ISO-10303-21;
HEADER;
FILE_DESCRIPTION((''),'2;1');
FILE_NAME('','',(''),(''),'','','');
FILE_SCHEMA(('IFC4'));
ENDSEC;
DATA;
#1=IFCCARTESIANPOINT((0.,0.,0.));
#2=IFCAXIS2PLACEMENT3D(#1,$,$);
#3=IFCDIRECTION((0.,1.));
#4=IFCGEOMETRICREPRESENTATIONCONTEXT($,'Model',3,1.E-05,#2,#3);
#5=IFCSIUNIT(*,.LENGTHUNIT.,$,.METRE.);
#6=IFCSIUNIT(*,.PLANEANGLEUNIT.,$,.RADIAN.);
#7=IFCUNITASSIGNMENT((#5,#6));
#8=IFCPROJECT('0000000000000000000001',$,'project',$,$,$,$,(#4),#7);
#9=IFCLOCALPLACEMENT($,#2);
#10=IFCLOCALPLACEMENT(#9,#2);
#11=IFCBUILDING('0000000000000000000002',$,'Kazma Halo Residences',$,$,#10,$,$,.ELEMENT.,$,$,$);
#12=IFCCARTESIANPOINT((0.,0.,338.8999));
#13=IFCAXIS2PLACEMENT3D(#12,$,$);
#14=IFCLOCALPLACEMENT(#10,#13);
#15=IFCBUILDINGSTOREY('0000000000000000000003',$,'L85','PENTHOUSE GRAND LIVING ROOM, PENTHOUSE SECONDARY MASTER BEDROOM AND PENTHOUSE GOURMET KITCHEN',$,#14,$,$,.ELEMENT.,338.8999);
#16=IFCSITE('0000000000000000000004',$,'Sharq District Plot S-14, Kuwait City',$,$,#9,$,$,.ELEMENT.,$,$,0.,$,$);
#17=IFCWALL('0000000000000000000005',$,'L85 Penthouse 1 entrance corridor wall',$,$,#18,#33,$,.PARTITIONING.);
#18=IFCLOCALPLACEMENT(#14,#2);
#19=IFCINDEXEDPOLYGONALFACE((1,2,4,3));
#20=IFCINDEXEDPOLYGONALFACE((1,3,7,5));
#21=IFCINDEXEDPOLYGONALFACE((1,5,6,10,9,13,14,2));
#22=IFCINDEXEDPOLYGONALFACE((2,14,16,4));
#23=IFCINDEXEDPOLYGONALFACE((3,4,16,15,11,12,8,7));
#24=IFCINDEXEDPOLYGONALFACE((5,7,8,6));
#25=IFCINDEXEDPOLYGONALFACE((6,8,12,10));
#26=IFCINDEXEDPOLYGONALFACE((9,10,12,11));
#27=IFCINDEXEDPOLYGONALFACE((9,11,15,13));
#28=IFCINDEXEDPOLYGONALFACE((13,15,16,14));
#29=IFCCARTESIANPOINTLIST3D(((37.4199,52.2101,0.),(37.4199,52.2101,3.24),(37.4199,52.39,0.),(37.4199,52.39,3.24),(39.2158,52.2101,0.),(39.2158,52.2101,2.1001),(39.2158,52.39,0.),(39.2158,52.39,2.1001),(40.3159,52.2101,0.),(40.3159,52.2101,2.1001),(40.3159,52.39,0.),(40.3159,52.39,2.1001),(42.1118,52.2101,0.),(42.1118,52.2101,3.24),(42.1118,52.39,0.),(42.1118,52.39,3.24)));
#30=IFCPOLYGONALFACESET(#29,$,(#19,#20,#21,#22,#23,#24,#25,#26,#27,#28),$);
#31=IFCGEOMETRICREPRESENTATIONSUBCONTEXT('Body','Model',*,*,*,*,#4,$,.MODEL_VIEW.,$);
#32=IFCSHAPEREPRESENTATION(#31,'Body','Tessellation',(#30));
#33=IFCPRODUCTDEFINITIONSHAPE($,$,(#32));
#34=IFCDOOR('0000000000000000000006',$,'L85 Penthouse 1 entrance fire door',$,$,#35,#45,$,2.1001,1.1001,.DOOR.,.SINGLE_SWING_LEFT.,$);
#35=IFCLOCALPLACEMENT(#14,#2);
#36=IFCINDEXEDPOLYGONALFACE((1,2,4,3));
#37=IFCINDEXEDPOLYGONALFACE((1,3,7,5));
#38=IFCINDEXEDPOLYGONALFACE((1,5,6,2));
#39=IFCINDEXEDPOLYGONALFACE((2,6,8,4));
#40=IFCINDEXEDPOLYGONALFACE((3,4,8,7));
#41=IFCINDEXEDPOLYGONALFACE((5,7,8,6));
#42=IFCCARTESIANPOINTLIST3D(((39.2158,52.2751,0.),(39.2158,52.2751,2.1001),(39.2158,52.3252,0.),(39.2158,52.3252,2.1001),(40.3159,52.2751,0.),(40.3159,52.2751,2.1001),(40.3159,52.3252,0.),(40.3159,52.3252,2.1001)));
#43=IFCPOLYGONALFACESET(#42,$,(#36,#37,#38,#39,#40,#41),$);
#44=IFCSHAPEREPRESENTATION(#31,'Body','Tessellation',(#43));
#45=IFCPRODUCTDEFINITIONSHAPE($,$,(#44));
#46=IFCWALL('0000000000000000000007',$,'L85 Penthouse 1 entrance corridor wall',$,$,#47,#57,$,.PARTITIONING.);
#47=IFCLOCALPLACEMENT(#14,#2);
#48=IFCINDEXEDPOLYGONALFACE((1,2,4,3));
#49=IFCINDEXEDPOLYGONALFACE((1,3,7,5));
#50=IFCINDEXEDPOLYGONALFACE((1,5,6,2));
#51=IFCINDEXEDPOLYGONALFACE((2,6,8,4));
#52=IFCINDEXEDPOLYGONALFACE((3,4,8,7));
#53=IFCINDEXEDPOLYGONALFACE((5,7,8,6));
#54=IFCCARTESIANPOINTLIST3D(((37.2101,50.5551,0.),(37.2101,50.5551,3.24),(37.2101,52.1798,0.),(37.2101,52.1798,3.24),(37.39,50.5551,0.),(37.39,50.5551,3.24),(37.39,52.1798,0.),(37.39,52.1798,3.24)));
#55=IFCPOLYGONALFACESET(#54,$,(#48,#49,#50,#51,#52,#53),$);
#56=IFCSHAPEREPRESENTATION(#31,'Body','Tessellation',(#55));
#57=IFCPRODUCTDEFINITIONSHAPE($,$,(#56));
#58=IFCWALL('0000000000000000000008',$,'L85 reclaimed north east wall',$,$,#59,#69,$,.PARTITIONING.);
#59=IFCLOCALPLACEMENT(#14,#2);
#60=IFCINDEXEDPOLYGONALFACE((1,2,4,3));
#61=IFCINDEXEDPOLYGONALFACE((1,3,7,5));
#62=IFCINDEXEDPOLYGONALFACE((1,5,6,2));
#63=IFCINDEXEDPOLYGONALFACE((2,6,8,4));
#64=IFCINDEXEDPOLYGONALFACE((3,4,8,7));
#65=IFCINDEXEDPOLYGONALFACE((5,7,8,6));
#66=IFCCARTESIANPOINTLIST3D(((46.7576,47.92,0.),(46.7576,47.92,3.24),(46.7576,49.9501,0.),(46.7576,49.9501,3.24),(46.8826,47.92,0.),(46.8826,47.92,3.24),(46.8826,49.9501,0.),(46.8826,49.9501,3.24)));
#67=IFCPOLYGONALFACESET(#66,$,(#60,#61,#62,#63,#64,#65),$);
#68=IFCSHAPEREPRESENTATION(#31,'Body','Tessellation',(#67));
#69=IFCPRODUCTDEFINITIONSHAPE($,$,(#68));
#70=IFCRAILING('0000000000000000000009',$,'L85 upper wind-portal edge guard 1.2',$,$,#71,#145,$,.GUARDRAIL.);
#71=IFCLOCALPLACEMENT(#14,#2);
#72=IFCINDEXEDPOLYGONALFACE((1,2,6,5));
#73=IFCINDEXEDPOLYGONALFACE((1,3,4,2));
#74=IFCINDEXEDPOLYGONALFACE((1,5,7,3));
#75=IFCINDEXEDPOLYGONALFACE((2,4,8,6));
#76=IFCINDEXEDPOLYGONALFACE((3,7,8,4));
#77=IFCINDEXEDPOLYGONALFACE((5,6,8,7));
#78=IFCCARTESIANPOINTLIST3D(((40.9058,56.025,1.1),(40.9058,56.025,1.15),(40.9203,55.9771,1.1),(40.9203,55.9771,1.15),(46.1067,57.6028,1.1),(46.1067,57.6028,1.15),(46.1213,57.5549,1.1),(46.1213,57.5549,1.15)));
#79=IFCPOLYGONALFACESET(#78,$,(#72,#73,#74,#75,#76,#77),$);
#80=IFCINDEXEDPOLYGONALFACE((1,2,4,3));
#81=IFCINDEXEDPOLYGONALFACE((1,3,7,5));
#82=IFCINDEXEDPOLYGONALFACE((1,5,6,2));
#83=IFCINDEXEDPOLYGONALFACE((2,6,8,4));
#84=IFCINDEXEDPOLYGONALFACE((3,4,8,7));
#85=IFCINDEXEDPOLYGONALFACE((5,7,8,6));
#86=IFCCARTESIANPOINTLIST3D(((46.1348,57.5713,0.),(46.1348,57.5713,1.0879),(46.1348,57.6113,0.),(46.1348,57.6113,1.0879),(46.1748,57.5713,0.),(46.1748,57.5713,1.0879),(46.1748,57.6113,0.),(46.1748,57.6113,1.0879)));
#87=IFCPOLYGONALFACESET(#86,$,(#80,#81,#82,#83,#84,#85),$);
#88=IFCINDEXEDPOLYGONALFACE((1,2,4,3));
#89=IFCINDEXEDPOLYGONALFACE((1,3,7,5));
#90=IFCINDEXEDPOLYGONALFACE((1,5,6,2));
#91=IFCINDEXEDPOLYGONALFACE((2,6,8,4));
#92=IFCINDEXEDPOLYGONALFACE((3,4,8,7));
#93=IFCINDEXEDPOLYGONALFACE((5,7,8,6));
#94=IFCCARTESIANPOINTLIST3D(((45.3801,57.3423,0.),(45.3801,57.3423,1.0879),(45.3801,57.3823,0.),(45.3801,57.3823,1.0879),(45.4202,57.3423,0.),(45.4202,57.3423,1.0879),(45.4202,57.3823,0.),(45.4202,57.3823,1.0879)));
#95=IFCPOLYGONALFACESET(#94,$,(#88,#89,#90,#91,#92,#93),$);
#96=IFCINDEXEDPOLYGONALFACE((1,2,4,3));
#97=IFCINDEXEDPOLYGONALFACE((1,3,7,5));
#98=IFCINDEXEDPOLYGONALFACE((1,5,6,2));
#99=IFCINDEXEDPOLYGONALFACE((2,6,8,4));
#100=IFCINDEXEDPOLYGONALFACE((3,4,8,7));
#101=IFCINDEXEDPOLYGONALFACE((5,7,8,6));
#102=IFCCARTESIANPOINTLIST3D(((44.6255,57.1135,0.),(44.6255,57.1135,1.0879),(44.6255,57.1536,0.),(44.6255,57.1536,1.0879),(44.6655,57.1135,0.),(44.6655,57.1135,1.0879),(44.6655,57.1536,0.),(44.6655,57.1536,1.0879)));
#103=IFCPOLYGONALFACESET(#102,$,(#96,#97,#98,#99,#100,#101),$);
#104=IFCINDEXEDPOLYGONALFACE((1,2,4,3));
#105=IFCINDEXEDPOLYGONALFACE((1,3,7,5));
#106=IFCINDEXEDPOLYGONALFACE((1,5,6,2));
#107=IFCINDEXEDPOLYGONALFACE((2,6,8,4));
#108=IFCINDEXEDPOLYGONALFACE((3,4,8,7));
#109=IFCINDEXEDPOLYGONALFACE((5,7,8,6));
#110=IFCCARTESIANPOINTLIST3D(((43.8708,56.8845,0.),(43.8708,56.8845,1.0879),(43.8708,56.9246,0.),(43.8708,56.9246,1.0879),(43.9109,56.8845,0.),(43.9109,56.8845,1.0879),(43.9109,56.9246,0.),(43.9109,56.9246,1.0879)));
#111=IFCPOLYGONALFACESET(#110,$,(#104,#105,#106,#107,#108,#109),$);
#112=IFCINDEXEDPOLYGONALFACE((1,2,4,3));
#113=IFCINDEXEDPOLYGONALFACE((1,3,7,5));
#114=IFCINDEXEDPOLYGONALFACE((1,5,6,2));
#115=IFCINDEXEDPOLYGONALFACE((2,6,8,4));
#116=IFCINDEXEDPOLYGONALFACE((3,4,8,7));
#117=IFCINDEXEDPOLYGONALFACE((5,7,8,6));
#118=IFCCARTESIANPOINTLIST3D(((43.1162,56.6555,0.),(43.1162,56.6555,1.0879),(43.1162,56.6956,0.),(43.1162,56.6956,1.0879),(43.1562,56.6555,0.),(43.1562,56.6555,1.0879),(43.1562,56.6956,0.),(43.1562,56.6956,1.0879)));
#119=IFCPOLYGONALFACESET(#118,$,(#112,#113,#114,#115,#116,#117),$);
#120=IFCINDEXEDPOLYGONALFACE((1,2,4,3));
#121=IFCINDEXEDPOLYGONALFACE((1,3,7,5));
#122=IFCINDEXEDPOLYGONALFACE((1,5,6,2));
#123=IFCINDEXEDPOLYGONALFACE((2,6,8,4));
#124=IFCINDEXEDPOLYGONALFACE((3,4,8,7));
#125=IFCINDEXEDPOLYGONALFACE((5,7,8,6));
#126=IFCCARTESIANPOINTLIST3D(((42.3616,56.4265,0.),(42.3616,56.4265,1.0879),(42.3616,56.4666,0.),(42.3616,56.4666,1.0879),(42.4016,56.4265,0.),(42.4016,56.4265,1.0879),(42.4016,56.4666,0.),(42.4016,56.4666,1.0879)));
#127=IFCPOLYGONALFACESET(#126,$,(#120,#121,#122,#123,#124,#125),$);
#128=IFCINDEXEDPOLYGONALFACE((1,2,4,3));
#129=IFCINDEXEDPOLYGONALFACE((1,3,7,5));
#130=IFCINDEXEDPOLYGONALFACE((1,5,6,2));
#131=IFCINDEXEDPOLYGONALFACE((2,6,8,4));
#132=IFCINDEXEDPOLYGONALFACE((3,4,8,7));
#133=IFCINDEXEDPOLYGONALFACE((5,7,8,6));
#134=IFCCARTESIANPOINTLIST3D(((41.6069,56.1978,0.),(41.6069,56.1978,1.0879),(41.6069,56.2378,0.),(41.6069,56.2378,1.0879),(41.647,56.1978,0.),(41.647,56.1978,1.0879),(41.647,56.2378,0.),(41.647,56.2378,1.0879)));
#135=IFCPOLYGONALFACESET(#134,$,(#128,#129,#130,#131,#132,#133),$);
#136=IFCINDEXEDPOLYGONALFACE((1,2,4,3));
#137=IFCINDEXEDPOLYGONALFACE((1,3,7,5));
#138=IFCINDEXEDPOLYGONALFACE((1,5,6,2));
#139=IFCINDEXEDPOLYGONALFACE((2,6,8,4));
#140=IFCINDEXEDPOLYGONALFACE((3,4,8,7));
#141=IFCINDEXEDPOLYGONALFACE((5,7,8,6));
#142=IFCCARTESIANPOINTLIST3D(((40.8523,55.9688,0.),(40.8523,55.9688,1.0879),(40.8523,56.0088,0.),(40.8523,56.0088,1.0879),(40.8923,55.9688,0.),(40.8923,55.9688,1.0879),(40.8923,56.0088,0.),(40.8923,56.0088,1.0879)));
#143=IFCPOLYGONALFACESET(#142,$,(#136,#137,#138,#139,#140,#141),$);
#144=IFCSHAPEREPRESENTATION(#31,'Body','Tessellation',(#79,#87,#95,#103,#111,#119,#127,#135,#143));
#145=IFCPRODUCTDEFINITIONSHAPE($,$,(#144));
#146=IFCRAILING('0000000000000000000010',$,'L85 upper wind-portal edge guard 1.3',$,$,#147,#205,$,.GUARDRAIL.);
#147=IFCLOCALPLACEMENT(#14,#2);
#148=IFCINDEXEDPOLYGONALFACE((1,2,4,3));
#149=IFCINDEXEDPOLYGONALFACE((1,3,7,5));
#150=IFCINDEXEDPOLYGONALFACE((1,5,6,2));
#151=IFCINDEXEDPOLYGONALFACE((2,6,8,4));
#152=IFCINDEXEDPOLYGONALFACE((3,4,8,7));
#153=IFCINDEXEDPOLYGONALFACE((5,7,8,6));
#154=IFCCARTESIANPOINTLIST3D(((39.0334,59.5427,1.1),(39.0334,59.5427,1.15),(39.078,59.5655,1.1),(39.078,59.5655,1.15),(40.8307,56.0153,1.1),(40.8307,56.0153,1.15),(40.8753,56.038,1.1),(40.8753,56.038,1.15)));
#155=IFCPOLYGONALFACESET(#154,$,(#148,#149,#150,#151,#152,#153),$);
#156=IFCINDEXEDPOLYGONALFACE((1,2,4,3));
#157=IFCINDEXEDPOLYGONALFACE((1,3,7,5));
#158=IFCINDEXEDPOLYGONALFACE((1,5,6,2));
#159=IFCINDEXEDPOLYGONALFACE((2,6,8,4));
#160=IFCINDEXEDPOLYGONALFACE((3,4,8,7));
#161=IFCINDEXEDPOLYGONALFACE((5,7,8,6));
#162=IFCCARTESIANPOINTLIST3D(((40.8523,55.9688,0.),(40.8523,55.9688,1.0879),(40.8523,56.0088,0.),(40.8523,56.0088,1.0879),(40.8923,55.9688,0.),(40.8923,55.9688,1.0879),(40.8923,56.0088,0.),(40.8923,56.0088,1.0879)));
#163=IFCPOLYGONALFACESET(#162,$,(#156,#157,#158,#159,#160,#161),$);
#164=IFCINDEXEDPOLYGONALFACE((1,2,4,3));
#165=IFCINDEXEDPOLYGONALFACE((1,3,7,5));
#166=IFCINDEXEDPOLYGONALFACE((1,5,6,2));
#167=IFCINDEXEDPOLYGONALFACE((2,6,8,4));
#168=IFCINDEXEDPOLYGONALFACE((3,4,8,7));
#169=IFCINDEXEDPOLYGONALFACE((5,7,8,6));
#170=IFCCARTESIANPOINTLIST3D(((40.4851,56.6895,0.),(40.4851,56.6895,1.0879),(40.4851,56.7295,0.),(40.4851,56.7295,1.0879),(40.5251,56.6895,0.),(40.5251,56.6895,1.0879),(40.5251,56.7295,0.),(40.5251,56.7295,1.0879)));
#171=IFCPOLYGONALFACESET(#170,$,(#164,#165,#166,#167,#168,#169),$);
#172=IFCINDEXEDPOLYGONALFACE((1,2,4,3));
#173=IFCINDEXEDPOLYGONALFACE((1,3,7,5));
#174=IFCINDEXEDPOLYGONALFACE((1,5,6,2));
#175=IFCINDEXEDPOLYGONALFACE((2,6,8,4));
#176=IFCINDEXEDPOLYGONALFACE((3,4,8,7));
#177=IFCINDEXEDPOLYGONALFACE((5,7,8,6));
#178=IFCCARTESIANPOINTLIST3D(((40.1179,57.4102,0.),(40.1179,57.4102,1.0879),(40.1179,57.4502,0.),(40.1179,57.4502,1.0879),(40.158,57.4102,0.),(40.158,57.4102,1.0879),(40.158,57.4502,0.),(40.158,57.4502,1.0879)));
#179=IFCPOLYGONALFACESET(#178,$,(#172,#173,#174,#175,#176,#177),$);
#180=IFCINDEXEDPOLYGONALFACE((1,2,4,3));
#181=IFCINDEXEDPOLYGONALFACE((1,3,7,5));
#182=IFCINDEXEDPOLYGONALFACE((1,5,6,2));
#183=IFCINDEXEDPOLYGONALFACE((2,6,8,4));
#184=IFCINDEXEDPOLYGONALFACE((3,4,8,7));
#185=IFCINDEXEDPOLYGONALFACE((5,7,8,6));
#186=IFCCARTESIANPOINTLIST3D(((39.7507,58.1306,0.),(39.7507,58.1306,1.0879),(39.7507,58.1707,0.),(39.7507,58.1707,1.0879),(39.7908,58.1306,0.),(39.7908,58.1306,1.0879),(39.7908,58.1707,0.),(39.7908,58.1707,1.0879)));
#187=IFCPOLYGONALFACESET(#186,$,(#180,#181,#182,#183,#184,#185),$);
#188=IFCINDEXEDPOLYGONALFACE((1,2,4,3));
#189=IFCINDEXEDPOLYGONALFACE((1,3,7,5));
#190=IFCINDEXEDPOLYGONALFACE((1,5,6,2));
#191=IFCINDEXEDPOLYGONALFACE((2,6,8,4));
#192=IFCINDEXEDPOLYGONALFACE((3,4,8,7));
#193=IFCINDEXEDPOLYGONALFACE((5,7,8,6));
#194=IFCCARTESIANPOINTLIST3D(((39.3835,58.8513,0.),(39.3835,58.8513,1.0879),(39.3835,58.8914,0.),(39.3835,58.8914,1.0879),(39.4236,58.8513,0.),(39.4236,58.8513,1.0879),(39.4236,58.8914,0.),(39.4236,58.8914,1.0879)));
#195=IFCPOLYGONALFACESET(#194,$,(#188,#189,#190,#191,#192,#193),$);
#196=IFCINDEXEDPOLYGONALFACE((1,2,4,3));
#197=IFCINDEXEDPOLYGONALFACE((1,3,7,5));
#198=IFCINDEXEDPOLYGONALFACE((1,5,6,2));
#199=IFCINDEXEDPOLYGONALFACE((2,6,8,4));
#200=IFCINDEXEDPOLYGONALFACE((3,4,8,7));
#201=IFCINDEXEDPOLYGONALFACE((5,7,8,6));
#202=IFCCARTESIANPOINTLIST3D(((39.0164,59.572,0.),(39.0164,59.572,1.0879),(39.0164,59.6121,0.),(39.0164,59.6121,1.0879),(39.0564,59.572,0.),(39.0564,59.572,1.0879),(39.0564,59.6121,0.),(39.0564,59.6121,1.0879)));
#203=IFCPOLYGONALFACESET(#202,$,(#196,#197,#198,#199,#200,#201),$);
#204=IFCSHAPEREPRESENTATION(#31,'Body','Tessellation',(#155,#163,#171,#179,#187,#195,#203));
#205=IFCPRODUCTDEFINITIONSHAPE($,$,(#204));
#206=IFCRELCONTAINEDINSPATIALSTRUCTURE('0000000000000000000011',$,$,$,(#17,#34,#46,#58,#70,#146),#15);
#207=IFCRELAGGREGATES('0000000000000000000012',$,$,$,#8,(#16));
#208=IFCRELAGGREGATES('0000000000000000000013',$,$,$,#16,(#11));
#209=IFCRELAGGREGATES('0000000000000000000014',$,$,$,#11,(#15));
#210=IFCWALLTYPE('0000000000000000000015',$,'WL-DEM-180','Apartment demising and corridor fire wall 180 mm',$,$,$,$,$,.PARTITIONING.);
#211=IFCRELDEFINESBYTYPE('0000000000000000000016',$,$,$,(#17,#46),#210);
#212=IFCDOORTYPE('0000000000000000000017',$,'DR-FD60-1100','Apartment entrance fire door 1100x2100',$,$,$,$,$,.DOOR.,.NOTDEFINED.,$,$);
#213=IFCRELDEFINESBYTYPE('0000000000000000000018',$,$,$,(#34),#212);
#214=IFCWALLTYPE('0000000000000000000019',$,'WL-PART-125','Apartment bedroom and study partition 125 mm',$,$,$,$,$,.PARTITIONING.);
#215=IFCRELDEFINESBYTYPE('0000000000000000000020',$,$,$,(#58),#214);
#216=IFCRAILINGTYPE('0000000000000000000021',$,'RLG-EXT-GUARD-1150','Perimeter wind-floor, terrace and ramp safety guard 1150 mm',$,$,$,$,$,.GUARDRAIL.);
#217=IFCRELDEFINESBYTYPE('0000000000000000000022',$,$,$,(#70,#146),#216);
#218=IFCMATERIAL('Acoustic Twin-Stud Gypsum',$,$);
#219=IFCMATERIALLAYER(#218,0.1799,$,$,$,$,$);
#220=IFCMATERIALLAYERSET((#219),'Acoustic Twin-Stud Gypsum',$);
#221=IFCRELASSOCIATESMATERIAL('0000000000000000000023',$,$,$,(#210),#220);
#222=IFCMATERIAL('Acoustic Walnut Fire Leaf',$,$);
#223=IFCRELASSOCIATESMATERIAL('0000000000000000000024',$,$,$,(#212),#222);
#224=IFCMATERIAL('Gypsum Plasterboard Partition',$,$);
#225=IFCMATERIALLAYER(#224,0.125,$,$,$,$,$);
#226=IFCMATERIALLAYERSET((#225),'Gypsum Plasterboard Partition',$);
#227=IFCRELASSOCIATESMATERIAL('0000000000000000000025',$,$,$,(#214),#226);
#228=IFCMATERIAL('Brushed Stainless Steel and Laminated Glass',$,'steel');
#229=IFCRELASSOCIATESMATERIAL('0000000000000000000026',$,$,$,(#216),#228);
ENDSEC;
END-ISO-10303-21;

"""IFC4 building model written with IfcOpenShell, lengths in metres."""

from ifc_helpers import new_model, si_unit, direction, frame, frame_2d, origin, origin_2d, place, context, subcontext, project, spatial, rectangle, extrude, material, layer, layer_set, type_object, element, fill, save


model = new_model("IFC4")

# Units and contexts
model_context = context("Model", 3, precision=1e-05, world=origin(), true_north=direction((0.0, 1.0)))
body_context = subcontext(model_context, "Body", "Model", "MODEL_VIEW")
ifc_project = project(units=[si_unit("LENGTHUNIT", "METRE"), si_unit("PLANEANGLEUNIT", "RADIAN")], contexts=[model_context])

# Site, building, storey
site_placement = place(None, origin())
site = spatial("IfcSite", under=ifc_project, at=site_placement, Name="Sharq District Plot S-14, Kuwait City", CompositionType="ELEMENT", RefElevation=0.0)
building_placement = place(site_placement, origin())
building = spatial("IfcBuilding", under=site, at=building_placement, Name="Kazma Halo Residences", CompositionType="ELEMENT")
storey_placement = place(building_placement, frame((0.0, 0.0, 338.8999)))
storey = spatial("IfcBuildingStorey", under=building, at=storey_placement, Name="L85", Description="PENTHOUSE GRAND LIVING ROOM, PENTHOUSE SECONDARY MASTER BEDROOM AND PENTHOUSE GOURMET KITCHEN", CompositionType="ELEMENT", Elevation=338.8999)

# Shared definitions
ifc_material_1 = material(Name="Acoustic Twin-Stud Gypsum")
ifc_layer_1 = layer(ifc_material_1, 0.1799)
ifc_layer_set_1 = layer_set([ifc_layer_1], Name="Acoustic Twin-Stud Gypsum")
wall_type_1 = type_object("IfcWallType", Name="WL-DEM-180", Description="Apartment demising and corridor fire wall 180 mm", PredefinedType="PARTITIONING", material=ifc_layer_set_1)

# Wall, opening, door
wall_1_placement = place(storey_placement, frame((42.1118, 52.3, 0.0), z_axis=(0.0, 0.0, 1.0), x_axis=(-1.0, 0.0, 0.0)))
wall_1 = element("IfcWall", 1, at=wall_1_placement, inside=storey, type_object=wall_type_1, Name="L85 Penthouse 1 entrance corridor wall", PredefinedType="PARTITIONING", context=body_context, shape_type="SweptSolid", body=[
    extrude(rectangle(XDim=4.6919, YDim=0.1799, at=frame_2d((2.3459, 0.0))), origin(), (0.0, 0.0, 1.0), 3.24),
])
opening_placement = place(wall_1_placement, frame((1.7959, 0.0, 0.0)))
opening = element("IfcOpeningElement", 2, at=opening_placement, cuts=wall_1, PredefinedType="OPENING", context=body_context, shape_type="SweptSolid", body=[
    extrude(rectangle(XDim=1.1001, YDim=2.1001, at=frame_2d((0.55, 1.05))), frame((0.0, 0.0999, 0.0), z_axis=(0.0, -1.0, 0.0), x_axis=(1.0, 0.0, 0.0)), (0.0, 0.0, 1.0), 0.2),
])
ifc_material_2 = material(Name="Acoustic Walnut Fire Leaf")
door_type = type_object("IfcDoorType", Name="DR-FD60-1100", Description="Apartment entrance fire door 1100x2100", OperationType="NOTDEFINED", PredefinedType="DOOR", material=ifc_material_2)
door_placement = place(opening_placement, origin())
door = element("IfcDoor", 3, at=door_placement, inside=storey, type_object=door_type, Name="L85 Penthouse 1 entrance fire door", OperationType="SINGLE_SWING_LEFT", OverallHeight=2.1001, OverallWidth=1.1001, PredefinedType="DOOR", context=body_context, shape_type="SweptSolid", body=[
    extrude(rectangle(XDim=1.1001, YDim=2.1001, at=frame_2d((0.55, 1.05))), frame((0.0, 0.0249, 0.0), z_axis=(0.0, -1.0, 0.0), x_axis=(1.0, 0.0, 0.0)), (0.0, 0.0, 1.0), 0.05),
])
fill(opening, door)

# Walls
wall_2_placement = place(storey_placement, frame((37.3, 52.1799, 0.0), z_axis=(0.0, 0.0, 1.0), x_axis=(0.0, -1.0, 0.0)))
element("IfcWall", 4, at=wall_2_placement, inside=storey, type_object=wall_type_1, Name="L85 Penthouse 1 entrance corridor wall", PredefinedType="PARTITIONING", context=body_context, shape_type="SweptSolid", body=[
    extrude(rectangle(XDim=1.6248, YDim=0.1799, at=frame_2d((0.8125, 0.0))), origin(), (0.0, 0.0, 1.0), 3.24),
])
ifc_material_3 = material(Name="Gypsum Plasterboard Partition")
ifc_layer_2 = layer(ifc_material_3, 0.125)
ifc_layer_set_2 = layer_set([ifc_layer_2], Name="Gypsum Plasterboard Partition")
wall_type_2 = type_object("IfcWallType", Name="WL-PART-125", Description="Apartment bedroom and study partition 125 mm", PredefinedType="PARTITIONING", material=ifc_layer_set_2)
wall_3_placement = place(storey_placement, frame((46.8201, 47.9199, 0.0), z_axis=(0.0, 0.0, 1.0), x_axis=(0.0, 1.0, 0.0)))
element("IfcWall", 5, at=wall_3_placement, inside=storey, type_object=wall_type_2, Name="L85 reclaimed north east wall", PredefinedType="PARTITIONING", context=body_context, shape_type="SweptSolid", body=[
    extrude(rectangle(XDim=2.03, YDim=0.125, at=frame_2d((1.0151, 0.0))), origin(), (0.0, 0.0, 1.0), 3.24),
])

# Railings
ifc_material_4 = material(Name="Brushed Stainless Steel and Laminated Glass", Category="steel")
railing_type = type_object("IfcRailingType", Name="RLG-EXT-GUARD-1150", Description="Perimeter wind-floor, terrace and ramp safety guard 1150 mm", PredefinedType="GUARDRAIL", material=ifc_material_4)
railing_1_placement = place(storey_placement, frame((46.1548, 57.5913, 0.0)))
element("IfcRailing", 6, at=railing_1_placement, inside=storey, type_object=railing_type, Name="L85 upper wind-portal edge guard 1.2", PredefinedType="GUARDRAIL", context=body_context, shape_type="SweptSolid", body=[
    extrude(rectangle(XDim=0.05, YDim=0.05, at=origin_2d()), frame((-0.0408, -0.0125, 1.125), z_axis=(-0.956934, -0.290304, 0.0), x_axis=(0.290304, -0.956934, 0.0)), (0.0, 0.0, 1.0), 5.4351),
    extrude(rectangle(XDim=0.04, YDim=0.04, at=origin_2d()), origin(), (0.0, 0.0, 1.0), 1.0879),
    extrude(rectangle(XDim=0.04, YDim=0.04, at=origin_2d()), frame((-0.7546, -0.229, 0.0)), (0.0, 0.0, 1.0), 1.0879),
    extrude(rectangle(XDim=0.04, YDim=0.04, at=origin_2d()), frame((-1.5093, -0.4578, 0.0)), (0.0, 0.0, 1.0), 1.0879),
    extrude(rectangle(XDim=0.04, YDim=0.04, at=origin_2d()), frame((-2.2639, -0.6868, 0.0)), (0.0, 0.0, 1.0), 1.0879),
    extrude(rectangle(XDim=0.04, YDim=0.04, at=origin_2d()), frame((-3.0186, -0.9158, 0.0)), (0.0, 0.0, 1.0), 1.0879),
    extrude(rectangle(XDim=0.04, YDim=0.04, at=origin_2d()), frame((-3.7732, -1.1448, 0.0)), (0.0, 0.0, 1.0), 1.0879),
    extrude(rectangle(XDim=0.04, YDim=0.04, at=origin_2d()), frame((-4.5278, -1.3735, 0.0)), (0.0, 0.0, 1.0), 1.0879),
    extrude(rectangle(XDim=0.04, YDim=0.04, at=origin_2d()), frame((-5.2825, -1.6025, 0.0)), (0.0, 0.0, 1.0), 1.0879),
])
railing_2_placement = place(storey_placement, frame((40.8723, 55.9888, 0.0)))
element("IfcRailing", 7, at=railing_2_placement, inside=storey, type_object=railing_type, Name="L85 upper wind-portal edge guard 1.3", PredefinedType="GUARDRAIL", context=body_context, shape_type="SweptSolid", body=[
    extrude(rectangle(XDim=0.05, YDim=0.05, at=origin_2d()), frame((-0.0193, 0.0378, 1.125), z_axis=(-0.453986, 0.891009, 0.0), x_axis=(-0.891009, -0.453986, 0.0)), (0.0, 0.0, 1.0), 3.959),
    extrude(rectangle(XDim=0.04, YDim=0.04, at=origin_2d()), origin(), (0.0, 0.0, 1.0), 1.0879),
    extrude(rectangle(XDim=0.04, YDim=0.04, at=origin_2d()), frame((-0.3672, 0.7207, 0.0)), (0.0, 0.0, 1.0), 1.0879),
    extrude(rectangle(XDim=0.04, YDim=0.04, at=origin_2d()), frame((-0.7344, 1.4414, 0.0)), (0.0, 0.0, 1.0), 1.0879),
    extrude(rectangle(XDim=0.04, YDim=0.04, at=origin_2d()), frame((-1.1016, 2.1619, 0.0)), (0.0, 0.0, 1.0), 1.0879),
    extrude(rectangle(XDim=0.04, YDim=0.04, at=origin_2d()), frame((-1.4688, 2.8826, 0.0)), (0.0, 0.0, 1.0), 1.0879),
    extrude(rectangle(XDim=0.04, YDim=0.04, at=origin_2d()), frame((-1.8359, 3.6033, 0.0)), (0.0, 0.0, 1.0), 1.0879),
])

save(model, "model.ifc")
